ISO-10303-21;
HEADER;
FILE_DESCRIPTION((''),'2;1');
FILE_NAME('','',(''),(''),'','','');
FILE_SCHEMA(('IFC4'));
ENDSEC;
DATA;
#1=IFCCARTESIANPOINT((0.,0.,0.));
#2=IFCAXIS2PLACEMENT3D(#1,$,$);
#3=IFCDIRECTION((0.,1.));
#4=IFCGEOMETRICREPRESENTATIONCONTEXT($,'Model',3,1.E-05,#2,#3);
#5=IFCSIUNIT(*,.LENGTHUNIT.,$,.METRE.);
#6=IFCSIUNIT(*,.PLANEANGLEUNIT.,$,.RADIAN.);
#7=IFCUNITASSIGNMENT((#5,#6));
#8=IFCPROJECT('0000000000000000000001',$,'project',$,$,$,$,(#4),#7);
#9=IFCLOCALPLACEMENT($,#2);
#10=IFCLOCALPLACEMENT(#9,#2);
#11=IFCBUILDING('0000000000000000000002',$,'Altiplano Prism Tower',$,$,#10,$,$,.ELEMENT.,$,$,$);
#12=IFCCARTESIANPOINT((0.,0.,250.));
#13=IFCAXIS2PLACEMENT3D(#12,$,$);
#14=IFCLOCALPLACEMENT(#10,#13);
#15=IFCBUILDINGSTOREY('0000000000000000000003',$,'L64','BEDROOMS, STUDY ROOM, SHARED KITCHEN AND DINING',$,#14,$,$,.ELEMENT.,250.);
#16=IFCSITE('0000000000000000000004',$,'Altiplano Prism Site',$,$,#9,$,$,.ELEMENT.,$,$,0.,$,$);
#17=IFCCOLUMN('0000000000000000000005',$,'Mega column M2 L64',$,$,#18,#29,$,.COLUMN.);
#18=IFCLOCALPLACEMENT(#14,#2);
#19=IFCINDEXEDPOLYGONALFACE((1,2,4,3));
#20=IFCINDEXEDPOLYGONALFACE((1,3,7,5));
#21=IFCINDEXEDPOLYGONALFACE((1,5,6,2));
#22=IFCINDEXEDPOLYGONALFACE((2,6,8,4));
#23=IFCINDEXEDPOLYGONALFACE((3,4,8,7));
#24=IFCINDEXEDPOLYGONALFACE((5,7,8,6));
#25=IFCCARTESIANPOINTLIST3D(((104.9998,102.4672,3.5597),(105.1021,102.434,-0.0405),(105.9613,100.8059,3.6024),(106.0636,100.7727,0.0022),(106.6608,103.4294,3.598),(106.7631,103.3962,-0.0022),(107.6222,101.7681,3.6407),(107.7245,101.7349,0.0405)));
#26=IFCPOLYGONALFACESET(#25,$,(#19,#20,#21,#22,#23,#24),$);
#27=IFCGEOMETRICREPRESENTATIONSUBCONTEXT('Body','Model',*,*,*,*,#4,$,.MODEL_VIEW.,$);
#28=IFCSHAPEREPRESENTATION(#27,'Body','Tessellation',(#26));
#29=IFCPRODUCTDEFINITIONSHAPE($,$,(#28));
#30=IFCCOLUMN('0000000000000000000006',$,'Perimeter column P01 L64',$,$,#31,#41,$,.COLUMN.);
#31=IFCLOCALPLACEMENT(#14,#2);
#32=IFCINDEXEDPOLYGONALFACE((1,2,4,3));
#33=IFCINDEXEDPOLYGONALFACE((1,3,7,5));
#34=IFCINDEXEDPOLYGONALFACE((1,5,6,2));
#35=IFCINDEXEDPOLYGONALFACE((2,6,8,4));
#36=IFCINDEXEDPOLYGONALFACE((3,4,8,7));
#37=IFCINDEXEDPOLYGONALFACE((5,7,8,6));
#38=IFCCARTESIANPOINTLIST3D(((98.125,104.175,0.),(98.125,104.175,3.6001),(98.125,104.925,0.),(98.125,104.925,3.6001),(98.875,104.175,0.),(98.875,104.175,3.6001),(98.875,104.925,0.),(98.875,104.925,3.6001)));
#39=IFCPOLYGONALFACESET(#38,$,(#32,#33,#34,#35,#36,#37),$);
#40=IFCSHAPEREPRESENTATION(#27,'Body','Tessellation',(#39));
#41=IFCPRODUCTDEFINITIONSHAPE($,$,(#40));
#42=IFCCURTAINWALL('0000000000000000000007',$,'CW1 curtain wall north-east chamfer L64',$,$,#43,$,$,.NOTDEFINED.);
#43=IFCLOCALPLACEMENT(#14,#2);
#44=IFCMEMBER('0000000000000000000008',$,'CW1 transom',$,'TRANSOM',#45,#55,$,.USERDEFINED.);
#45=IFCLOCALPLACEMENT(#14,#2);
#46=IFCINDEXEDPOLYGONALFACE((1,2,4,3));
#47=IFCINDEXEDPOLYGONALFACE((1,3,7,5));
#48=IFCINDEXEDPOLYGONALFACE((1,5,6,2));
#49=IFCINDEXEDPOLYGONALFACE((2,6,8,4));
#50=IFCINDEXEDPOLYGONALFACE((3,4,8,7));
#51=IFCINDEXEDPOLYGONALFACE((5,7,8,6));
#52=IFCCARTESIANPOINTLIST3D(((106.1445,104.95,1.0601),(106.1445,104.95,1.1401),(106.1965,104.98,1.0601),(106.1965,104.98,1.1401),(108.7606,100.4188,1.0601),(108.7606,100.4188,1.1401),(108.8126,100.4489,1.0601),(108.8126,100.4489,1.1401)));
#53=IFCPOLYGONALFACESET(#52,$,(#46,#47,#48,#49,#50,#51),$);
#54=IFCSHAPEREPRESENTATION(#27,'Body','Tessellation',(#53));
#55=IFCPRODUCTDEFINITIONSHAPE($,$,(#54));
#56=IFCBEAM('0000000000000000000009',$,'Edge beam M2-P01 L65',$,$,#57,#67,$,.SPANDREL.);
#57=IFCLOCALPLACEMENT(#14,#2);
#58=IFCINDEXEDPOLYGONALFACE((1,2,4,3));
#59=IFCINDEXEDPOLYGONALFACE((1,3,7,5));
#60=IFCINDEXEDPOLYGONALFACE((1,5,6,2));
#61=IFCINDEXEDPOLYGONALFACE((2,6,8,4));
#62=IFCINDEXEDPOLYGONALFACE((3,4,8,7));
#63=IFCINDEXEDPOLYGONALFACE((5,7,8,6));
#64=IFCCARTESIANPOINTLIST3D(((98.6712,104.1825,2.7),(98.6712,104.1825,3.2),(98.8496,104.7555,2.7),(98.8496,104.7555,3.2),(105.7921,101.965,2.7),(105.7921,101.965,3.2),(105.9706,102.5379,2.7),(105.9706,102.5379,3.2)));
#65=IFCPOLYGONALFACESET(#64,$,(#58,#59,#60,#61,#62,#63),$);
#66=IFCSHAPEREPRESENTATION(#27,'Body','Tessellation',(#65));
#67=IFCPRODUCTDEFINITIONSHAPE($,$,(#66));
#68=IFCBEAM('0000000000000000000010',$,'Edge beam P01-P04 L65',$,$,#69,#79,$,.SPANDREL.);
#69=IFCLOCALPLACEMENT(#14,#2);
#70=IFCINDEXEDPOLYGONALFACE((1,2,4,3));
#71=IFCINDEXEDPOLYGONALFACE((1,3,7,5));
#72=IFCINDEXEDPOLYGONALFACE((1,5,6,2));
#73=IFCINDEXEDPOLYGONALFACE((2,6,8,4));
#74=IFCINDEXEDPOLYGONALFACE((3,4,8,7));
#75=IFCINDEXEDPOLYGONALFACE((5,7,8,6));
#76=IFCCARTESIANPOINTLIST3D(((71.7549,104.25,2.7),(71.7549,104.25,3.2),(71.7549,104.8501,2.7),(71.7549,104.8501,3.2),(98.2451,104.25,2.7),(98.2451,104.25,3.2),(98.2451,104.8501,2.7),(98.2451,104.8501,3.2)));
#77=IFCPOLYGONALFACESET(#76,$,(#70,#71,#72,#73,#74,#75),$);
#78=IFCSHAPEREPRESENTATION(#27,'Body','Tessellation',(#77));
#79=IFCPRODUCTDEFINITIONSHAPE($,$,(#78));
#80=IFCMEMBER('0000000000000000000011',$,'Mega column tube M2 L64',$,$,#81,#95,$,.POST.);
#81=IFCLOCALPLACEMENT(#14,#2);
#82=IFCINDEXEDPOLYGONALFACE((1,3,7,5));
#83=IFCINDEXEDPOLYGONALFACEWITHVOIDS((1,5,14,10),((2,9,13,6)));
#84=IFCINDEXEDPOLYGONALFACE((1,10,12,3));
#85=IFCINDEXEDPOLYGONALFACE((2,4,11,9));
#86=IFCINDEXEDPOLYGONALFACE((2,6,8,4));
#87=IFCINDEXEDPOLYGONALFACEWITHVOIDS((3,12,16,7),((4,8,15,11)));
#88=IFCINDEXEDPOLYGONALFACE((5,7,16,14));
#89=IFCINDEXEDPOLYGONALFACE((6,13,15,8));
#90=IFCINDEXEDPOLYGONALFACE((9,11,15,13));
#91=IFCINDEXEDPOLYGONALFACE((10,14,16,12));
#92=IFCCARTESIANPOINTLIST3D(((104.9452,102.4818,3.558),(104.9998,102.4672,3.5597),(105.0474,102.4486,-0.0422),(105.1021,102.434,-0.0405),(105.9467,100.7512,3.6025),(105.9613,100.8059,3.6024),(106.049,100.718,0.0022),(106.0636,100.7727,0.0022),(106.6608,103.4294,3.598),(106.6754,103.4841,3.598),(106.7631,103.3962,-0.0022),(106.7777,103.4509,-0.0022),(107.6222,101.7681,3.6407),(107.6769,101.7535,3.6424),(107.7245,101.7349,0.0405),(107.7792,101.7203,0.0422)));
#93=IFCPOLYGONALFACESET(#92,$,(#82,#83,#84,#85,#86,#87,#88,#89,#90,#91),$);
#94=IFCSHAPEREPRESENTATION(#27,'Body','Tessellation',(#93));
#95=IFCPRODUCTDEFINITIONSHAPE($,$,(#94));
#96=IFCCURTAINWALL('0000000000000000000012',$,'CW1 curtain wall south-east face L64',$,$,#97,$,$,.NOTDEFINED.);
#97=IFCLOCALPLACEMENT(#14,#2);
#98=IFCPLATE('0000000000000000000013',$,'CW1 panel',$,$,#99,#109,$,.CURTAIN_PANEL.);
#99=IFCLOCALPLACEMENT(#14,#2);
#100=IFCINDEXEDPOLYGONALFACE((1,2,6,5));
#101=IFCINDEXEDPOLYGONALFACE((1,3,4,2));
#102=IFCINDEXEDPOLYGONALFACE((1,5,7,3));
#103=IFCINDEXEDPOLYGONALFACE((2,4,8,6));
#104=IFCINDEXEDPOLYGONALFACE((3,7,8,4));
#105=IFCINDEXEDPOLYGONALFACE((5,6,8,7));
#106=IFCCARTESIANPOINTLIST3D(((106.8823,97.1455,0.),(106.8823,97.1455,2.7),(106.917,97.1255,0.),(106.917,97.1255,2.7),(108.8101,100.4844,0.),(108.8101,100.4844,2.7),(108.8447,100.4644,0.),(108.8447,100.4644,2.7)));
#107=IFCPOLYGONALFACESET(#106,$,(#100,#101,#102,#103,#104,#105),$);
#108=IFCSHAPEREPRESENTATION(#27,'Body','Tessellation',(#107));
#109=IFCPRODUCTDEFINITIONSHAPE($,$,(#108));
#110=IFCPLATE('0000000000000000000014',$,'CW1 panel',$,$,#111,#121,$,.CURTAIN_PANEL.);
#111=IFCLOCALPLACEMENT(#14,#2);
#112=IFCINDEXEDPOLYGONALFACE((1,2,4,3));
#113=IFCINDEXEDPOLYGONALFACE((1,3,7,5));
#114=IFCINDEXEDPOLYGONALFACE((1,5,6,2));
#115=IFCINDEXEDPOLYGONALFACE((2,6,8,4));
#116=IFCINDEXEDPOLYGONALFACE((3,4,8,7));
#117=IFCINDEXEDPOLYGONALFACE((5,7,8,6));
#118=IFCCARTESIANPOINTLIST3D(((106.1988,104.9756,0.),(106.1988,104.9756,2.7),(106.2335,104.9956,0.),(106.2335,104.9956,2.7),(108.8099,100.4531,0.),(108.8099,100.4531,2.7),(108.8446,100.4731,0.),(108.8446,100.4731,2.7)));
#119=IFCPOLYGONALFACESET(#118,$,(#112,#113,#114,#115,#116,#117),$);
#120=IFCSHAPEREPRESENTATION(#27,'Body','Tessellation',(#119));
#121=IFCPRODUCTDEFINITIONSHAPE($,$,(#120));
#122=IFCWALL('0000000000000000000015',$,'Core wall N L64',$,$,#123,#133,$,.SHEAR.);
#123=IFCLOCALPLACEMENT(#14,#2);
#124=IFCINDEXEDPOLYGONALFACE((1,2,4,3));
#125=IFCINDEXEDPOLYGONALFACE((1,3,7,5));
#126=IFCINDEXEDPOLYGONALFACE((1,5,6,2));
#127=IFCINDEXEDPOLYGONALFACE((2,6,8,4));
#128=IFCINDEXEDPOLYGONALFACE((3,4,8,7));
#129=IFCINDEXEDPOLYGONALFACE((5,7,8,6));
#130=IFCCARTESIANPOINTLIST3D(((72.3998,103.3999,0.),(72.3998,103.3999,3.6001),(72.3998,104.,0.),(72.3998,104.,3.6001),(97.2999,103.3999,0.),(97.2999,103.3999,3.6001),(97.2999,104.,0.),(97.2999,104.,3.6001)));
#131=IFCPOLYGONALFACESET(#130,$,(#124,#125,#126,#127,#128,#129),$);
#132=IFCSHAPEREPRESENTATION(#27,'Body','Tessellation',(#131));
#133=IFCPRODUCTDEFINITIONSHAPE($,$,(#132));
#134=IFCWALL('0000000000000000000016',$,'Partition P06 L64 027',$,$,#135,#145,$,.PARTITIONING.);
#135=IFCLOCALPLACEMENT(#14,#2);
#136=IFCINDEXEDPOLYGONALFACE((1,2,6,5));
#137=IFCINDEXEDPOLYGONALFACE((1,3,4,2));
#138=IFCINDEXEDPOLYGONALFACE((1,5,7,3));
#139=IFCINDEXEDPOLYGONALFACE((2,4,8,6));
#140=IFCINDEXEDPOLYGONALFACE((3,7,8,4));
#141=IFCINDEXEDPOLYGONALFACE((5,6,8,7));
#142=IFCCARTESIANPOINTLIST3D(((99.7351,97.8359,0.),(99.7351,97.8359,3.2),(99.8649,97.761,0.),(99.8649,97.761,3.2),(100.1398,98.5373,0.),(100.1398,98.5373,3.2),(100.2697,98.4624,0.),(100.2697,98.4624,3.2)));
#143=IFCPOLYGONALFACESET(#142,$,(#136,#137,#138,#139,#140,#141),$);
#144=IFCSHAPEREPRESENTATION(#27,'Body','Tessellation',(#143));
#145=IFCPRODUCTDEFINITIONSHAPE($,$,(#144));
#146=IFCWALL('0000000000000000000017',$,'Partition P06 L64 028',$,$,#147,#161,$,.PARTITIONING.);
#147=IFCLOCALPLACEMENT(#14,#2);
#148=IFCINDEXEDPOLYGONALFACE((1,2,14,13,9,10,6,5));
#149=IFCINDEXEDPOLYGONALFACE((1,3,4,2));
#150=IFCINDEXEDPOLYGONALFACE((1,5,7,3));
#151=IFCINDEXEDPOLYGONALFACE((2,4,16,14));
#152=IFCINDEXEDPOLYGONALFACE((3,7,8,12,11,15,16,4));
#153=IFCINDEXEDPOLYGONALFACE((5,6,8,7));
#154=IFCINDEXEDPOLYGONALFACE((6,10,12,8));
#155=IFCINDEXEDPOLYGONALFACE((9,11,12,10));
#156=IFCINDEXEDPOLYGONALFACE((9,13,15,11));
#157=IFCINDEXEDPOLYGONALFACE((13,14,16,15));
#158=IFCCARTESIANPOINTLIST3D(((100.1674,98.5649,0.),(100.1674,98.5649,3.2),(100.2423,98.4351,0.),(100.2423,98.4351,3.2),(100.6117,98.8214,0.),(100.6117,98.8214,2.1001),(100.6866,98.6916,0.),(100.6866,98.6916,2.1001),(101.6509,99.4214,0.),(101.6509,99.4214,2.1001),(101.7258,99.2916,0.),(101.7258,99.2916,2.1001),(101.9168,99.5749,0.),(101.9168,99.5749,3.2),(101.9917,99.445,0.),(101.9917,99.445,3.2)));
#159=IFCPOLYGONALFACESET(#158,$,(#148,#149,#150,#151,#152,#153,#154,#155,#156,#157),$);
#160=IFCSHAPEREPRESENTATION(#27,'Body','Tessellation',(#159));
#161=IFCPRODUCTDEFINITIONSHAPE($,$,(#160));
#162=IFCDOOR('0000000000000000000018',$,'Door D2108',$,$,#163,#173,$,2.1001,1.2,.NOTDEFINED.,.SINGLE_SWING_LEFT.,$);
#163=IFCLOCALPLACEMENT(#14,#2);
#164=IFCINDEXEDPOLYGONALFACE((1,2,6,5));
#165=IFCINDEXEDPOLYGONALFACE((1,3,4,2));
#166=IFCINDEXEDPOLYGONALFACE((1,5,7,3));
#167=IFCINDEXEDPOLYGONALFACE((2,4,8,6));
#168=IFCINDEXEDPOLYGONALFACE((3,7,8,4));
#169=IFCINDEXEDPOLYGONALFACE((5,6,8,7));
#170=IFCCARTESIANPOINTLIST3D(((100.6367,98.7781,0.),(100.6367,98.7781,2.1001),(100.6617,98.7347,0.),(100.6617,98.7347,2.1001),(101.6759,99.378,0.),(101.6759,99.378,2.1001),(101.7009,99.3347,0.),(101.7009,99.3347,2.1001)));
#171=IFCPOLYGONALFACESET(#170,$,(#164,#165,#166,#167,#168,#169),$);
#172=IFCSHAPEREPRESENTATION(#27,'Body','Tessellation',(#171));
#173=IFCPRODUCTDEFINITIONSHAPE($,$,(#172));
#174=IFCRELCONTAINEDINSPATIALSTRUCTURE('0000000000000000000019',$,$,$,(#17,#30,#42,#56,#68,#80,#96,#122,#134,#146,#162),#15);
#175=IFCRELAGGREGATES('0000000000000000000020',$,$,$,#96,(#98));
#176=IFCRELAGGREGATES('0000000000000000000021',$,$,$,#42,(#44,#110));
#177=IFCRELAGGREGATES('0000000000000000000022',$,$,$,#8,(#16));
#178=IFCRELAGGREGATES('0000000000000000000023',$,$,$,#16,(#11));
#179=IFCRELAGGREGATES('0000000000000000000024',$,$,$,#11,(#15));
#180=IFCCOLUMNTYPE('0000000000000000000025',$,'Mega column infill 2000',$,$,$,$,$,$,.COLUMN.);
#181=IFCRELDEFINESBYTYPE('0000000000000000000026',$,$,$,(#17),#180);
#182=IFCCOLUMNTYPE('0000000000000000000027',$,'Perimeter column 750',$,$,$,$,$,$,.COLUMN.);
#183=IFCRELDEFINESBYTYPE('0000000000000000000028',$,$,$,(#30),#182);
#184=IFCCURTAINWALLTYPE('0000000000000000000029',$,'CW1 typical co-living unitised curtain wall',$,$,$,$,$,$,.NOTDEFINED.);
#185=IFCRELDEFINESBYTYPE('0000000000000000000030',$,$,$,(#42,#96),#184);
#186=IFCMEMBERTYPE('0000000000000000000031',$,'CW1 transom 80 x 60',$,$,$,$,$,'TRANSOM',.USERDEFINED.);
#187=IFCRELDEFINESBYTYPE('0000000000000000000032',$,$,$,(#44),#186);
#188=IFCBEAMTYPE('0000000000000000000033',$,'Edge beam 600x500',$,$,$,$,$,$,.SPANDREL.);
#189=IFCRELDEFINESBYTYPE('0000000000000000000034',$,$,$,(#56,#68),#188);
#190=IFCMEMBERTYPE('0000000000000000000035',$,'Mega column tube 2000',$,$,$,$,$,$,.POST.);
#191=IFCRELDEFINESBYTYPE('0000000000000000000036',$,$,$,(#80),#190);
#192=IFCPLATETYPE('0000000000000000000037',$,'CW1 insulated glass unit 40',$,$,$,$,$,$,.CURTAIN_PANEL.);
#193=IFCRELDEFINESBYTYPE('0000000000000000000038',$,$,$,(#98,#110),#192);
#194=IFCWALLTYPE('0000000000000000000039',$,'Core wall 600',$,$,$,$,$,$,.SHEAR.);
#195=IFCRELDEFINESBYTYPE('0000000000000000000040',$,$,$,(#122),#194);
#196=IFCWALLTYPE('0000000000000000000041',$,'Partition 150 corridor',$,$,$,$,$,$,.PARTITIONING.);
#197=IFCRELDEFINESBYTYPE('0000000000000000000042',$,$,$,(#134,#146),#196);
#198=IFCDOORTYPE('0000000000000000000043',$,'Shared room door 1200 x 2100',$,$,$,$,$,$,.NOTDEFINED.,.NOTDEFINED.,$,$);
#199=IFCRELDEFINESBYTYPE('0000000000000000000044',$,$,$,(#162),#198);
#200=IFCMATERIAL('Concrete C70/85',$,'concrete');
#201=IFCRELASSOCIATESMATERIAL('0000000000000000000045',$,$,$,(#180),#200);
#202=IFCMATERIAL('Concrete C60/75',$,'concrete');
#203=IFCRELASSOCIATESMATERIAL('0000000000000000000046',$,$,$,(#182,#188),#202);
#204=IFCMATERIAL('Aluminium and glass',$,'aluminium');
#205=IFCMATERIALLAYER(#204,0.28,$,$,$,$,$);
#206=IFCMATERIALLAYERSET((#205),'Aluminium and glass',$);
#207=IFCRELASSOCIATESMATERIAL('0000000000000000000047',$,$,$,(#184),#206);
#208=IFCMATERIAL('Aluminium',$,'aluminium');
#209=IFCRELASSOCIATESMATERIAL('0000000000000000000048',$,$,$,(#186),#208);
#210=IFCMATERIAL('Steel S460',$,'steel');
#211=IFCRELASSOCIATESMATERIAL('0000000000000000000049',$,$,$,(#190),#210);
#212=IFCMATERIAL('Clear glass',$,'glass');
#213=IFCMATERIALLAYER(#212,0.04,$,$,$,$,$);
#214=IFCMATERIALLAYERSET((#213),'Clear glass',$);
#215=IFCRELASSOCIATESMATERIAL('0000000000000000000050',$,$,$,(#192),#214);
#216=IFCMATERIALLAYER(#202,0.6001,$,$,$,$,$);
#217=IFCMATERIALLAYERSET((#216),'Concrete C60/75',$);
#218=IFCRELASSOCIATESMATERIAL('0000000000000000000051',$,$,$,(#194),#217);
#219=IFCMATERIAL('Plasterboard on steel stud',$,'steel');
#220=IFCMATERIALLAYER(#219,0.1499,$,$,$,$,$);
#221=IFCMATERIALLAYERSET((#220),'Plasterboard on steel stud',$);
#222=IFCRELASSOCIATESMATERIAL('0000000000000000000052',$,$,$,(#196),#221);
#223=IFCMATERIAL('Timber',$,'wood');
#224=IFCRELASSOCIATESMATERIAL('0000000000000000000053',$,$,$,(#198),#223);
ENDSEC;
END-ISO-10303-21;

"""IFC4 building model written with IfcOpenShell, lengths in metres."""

from ifc_helpers import new_model, si_unit, direction, frame, frame_2d, origin, origin_2d, place, context, subcontext, project, spatial, rectangle, hollow_rectangle, extrude, material, layer, layer_set, material_profile, profile_set, type_object, element, fill, aggregate, save


model = new_model("IFC4")

# Units and contexts
model_context = context("Model", 3, precision=1e-05, world=origin(), true_north=direction((0.0, 1.0)))
body_context = subcontext(model_context, "Body", "Model", "MODEL_VIEW")
ifc_project = project(units=[si_unit("LENGTHUNIT", "METRE"), si_unit("PLANEANGLEUNIT", "RADIAN")], contexts=[model_context])

# Site, building, storey
site_placement = place(None, origin())
site = spatial("IfcSite", under=ifc_project, at=site_placement, Name="Altiplano Prism Site", CompositionType="ELEMENT", RefElevation=0.0)
building_placement = place(site_placement, origin())
building = spatial("IfcBuilding", under=site, at=building_placement, Name="Altiplano Prism Tower", CompositionType="ELEMENT")
storey_placement = place(building_placement, frame((0.0, 0.0, 250.0)))
storey = spatial("IfcBuildingStorey", under=building, at=storey_placement, Name="L64", Description="BEDROOMS, STUDY ROOM, SHARED KITCHEN AND DINING", CompositionType="ELEMENT", Elevation=250.0)

# Columns
ifc_material_1 = material(Name="Concrete C70/85", Category="concrete")
ifc_material_profile_1 = material_profile(ifc_material_1, rectangle(XDim=1.9199, YDim=1.9199, at=origin_2d()), Name="Mega column infill 2000")
ifc_profile_set_1 = profile_set([ifc_material_profile_1], Name="Concrete C70/85")
column_type_1 = type_object("IfcColumnType", Name="Mega column infill 2000", PredefinedType="COLUMN", material=ifc_profile_set_1)
column_1_placement = place(storey_placement, frame((106.4133, 102.0845, 0.0), z_axis=(-0.028402, 0.009219, 0.999554), x_axis=(0.500763, -0.8653, 0.022209)))
element("IfcColumn", 1, at=column_1_placement, inside=storey, type_object=column_type_1, Name="Mega column M2 L64", PredefinedType="COLUMN", context=body_context, shape_type="SweptSolid", body=[
    extrude(rectangle(XDim=1.9199, YDim=1.9199, at=origin_2d()), origin(), (0.0, 0.0, 1.0), 3.6018),
])
ifc_material_2 = material(Name="Concrete C60/75", Category="concrete")
ifc_material_profile_2 = material_profile(ifc_material_2, rectangle(XDim=0.75, YDim=0.75, at=origin_2d()), Name="Perimeter column 750")
ifc_profile_set_2 = profile_set([ifc_material_profile_2], Name="Concrete C60/75")
column_type_2 = type_object("IfcColumnType", Name="Perimeter column 750", PredefinedType="COLUMN", material=ifc_profile_set_2)
column_2_placement = place(storey_placement, frame((98.5, 104.55, 0.0), z_axis=(0.0, 0.0, 1.0), x_axis=(1.0, 0.0, 0.0)))
element("IfcColumn", 2, at=column_2_placement, inside=storey, type_object=column_type_2, Name="Perimeter column P01 L64", PredefinedType="COLUMN", context=body_context, shape_type="SweptSolid", body=[
    extrude(rectangle(XDim=0.75, YDim=0.75, at=origin_2d()), origin(), (0.0, 0.0, 1.0), 3.6001),
])

# Curtain wall, member
ifc_material_3 = material(Name="Aluminium and glass", Category="aluminium")
ifc_layer_1 = layer(ifc_material_3, 0.28)
ifc_layer_set_1 = layer_set([ifc_layer_1], Name="Aluminium and glass")
curtain_wall_type = type_object("IfcCurtainWallType", Name="CW1 typical co-living unitised curtain wall", PredefinedType="NOTDEFINED", material=ifc_layer_set_1)
curtain_wall_1_placement = place(storey_placement, origin())
curtain_wall_1 = element("IfcCurtainWall", 3, at=curtain_wall_1_placement, inside=storey, type_object=curtain_wall_type, Name="CW1 curtain wall north-east chamfer L64", PredefinedType="NOTDEFINED")
ifc_material_4 = material(Name="Aluminium", Category="aluminium")
ifc_material_profile_3 = material_profile(ifc_material_4, rectangle(XDim=0.0601, YDim=0.0801, at=origin_2d()), Name="CW1 transom 80 x 60")
ifc_profile_set_3 = profile_set([ifc_material_profile_3], Name="Aluminium")
member_type_1 = type_object("IfcMemberType", Name="CW1 transom 80 x 60", ElementType="TRANSOM", PredefinedType="USERDEFINED", material=ifc_profile_set_3)
member_1_placement = place(storey_placement, frame((108.7866, 100.4338, 1.1001), z_axis=(-0.500013, 0.866018, 0.0), x_axis=(-0.866018, -0.500013, 0.0)))
member_1 = element("IfcMember", 4, at=member_1_placement, type_object=member_type_1, Name="CW1 transom", ObjectType="TRANSOM", PredefinedType="USERDEFINED", context=body_context, shape_type="SweptSolid", body=[
    extrude(rectangle(XDim=0.0601, YDim=0.0801, at=origin_2d()), origin(), (0.0, 0.0, 1.0), 5.2322),
])

# Beams
ifc_material_profile_4 = material_profile(ifc_material_2, rectangle(XDim=0.6001, YDim=0.5, at=origin_2d()), Name="Edge beam 600x500")
ifc_profile_set_4 = profile_set([ifc_material_profile_4], Name="Concrete C60/75")
beam_type = type_object("IfcBeamType", Name="Edge beam 600x500", PredefinedType="SPANDREL", material=ifc_profile_set_4)
beam_1_placement = place(storey_placement, frame((105.8813, 102.2515, 2.95), z_axis=(-0.954775, 0.29733, 0.0), x_axis=(-0.29733, -0.954775, 0.0)))
element("IfcBeam", 5, at=beam_1_placement, inside=storey, type_object=beam_type, Name="Edge beam M2-P01 L65", PredefinedType="SPANDREL", context=body_context, shape_type="SweptSolid", body=[
    extrude(rectangle(XDim=0.6001, YDim=0.5, at=origin_2d()), origin(), (0.0, 0.0, 1.0), 7.4583),
])
beam_2_placement = place(storey_placement, frame((98.2451, 104.55, 2.95), z_axis=(-1.0, 0.0, 0.0), x_axis=(0.0, -1.0, 0.0)))
element("IfcBeam", 6, at=beam_2_placement, inside=storey, type_object=beam_type, Name="Edge beam P01-P04 L65", PredefinedType="SPANDREL", context=body_context, shape_type="SweptSolid", body=[
    extrude(rectangle(XDim=0.6001, YDim=0.5, at=origin_2d()), origin(), (0.0, 0.0, 1.0), 26.4902),
])

# Member
ifc_material_5 = material(Name="Steel S460", Category="steel")
ifc_material_profile_5 = material_profile(ifc_material_5, hollow_rectangle(XDim=2.0, YDim=2.0, WallThickness=0.04, at=origin_2d()), Name="Mega column tube 2000")
ifc_profile_set_5 = profile_set([ifc_material_profile_5], Name="Steel S460")
member_type_2 = type_object("IfcMemberType", Name="Mega column tube 2000", PredefinedType="POST", material=ifc_profile_set_5)
member_2_placement = place(storey_placement, frame((106.4133, 102.0845, 0.0), z_axis=(-0.028402, 0.009219, 0.999554), x_axis=(0.500763, -0.8653, 0.022209)))
element("IfcMember", 7, at=member_2_placement, inside=storey, type_object=member_type_2, Name="Mega column tube M2 L64", PredefinedType="POST", context=body_context, shape_type="SweptSolid", body=[
    extrude(hollow_rectangle(XDim=2.0, YDim=2.0, WallThickness=0.04, at=origin_2d()), origin(), (0.0, 0.0, 1.0), 3.6018),
])

# Curtain wall, plate
curtain_wall_2_placement = place(storey_placement, origin())
curtain_wall_2 = element("IfcCurtainWall", 8, at=curtain_wall_2_placement, inside=storey, type_object=curtain_wall_type, Name="CW1 curtain wall south-east face L64", PredefinedType="NOTDEFINED")
ifc_material_6 = material(Name="Clear glass", Category="glass")
ifc_layer_2 = layer(ifc_material_6, 0.04)
ifc_layer_set_2 = layer_set([ifc_layer_2], Name="Clear glass")
plate_type = type_object("IfcPlateType", Name="CW1 insulated glass unit 40", PredefinedType="CURTAIN_PANEL", material=ifc_layer_set_2)
plate_1_placement = place(storey_placement, frame((107.8635, 98.8049, 0.0), z_axis=(0.0, 0.0, 1.0), x_axis=(0.5, 0.866025, 0.0)))
plate_1 = element("IfcPlate", 9, at=plate_1_placement, type_object=plate_type, Name="CW1 panel", PredefinedType="CURTAIN_PANEL", context=body_context, shape_type="SweptSolid", body=[
    extrude(rectangle(XDim=3.8555, YDim=0.04, at=origin_2d()), origin(), (0.0, 0.0, 1.0), 2.7),
])
aggregate(curtain_wall_2, [plate_1])

# Plate
plate_2_placement = place(storey_placement, frame((107.5217, 102.7244, 0.0), z_axis=(0.0, 0.0, 1.0), x_axis=(-0.5, 0.866025, 0.0)))
plate_2 = element("IfcPlate", 10, at=plate_2_placement, type_object=plate_type, Name="CW1 panel", PredefinedType="CURTAIN_PANEL", context=body_context, shape_type="SweptSolid", body=[
    extrude(rectangle(XDim=5.2222, YDim=0.04, at=origin_2d()), origin(), (0.0, 0.0, 1.0), 2.7),
])
aggregate(curtain_wall_1, [member_1, plate_2])

# Walls
ifc_layer_3 = layer(ifc_material_2, 0.6001)
ifc_layer_set_3 = layer_set([ifc_layer_3], Name="Concrete C60/75")
wall_type_1 = type_object("IfcWallType", Name="Core wall 600", PredefinedType="SHEAR", material=ifc_layer_set_3)
wall_1_placement = place(storey_placement, frame((97.3, 103.7, 0.0), z_axis=(0.0, 0.0, 1.0), x_axis=(-1.0, 0.0, 0.0)))
element("IfcWall", 11, at=wall_1_placement, inside=storey, type_object=wall_type_1, Name="Core wall N L64", PredefinedType="SHEAR", context=body_context, shape_type="SweptSolid", body=[
    extrude(rectangle(XDim=24.9001, YDim=0.6001, at=frame_2d((12.4502, 0.0))), origin(), (0.0, 0.0, 1.0), 3.6001),
])
ifc_material_7 = material(Name="Plasterboard on steel stud", Category="steel")
ifc_layer_4 = layer(ifc_material_7, 0.1499)
ifc_layer_set_4 = layer_set([ifc_layer_4], Name="Plasterboard on steel stud")
wall_type_2 = type_object("IfcWallType", Name="Partition 150 corridor", PredefinedType="PARTITIONING", material=ifc_layer_set_4)
wall_2_placement = place(storey_placement, frame((99.8, 97.7986, 0.0), z_axis=(0.0, 0.0, 1.0), x_axis=(0.499836, 0.86612, 0.0)))
element("IfcWall", 12, at=wall_2_placement, inside=storey, type_object=wall_type_2, Name="Partition P06 L64 027", PredefinedType="PARTITIONING", context=body_context, shape_type="SweptSolid", body=[
    extrude(rectangle(XDim=0.8098, YDim=0.1499, at=frame_2d((0.4048, 0.0))), origin(), (0.0, 0.0, 1.0), 3.2),
])

# Wall, opening, door
wall_3_placement = place(storey_placement, frame((100.2048, 98.5, 0.0), z_axis=(0.0, 0.0, 1.0), x_axis=(0.866041, 0.499974, 0.0)))
wall_3 = element("IfcWall", 13, at=wall_3_placement, inside=storey, type_object=wall_type_2, Name="Partition P06 L64 028", PredefinedType="PARTITIONING", context=body_context, shape_type="SweptSolid", body=[
    extrude(rectangle(XDim=2.02, YDim=0.1499, at=frame_2d((1.01, 0.0))), origin(), (0.0, 0.0, 1.0), 3.2),
])
opening_1_placement = place(wall_3_placement, frame((0.5129, 0.0, 0.0)))
opening_1 = element("IfcOpeningElement", 14, at=opening_1_placement, cuts=wall_3, PredefinedType="OPENING", context=body_context, shape_type="SweptSolid", body=[
    extrude(rectangle(XDim=1.2, YDim=2.1001, at=frame_2d((0.6001, 1.05))), frame((0.0, 0.0854, 0.0), z_axis=(0.0, -1.0, 0.0), x_axis=(1.0, 0.0, 0.0)), (0.0, 0.0, 1.0), 0.1709),
])
ifc_material_8 = material(Name="Timber", Category="wood")
door_type_1 = type_object("IfcDoorType", Name="Shared room door 1200 x 2100", OperationType="NOTDEFINED", PredefinedType="NOTDEFINED", material=ifc_material_8)
door_1_placement = place(opening_1_placement, origin())
door_1 = element("IfcDoor", 15, at=door_1_placement, inside=storey, type_object=door_type_1, Name="Door D2108", OperationType="SINGLE_SWING_LEFT", OverallHeight=2.1001, OverallWidth=1.2, PredefinedType="NOTDEFINED", context=body_context, shape_type="SweptSolid", body=[
    extrude(rectangle(XDim=1.2, YDim=2.1001, at=frame_2d((0.6001, 1.05))), frame((0.0, 0.0249, 0.0), z_axis=(0.0, -1.0, 0.0), x_axis=(1.0, 0.0, 0.0)), (0.0, 0.0, 1.0), 0.05),
])
fill(opening_1, door_1)

save(model, "model.ifc")
